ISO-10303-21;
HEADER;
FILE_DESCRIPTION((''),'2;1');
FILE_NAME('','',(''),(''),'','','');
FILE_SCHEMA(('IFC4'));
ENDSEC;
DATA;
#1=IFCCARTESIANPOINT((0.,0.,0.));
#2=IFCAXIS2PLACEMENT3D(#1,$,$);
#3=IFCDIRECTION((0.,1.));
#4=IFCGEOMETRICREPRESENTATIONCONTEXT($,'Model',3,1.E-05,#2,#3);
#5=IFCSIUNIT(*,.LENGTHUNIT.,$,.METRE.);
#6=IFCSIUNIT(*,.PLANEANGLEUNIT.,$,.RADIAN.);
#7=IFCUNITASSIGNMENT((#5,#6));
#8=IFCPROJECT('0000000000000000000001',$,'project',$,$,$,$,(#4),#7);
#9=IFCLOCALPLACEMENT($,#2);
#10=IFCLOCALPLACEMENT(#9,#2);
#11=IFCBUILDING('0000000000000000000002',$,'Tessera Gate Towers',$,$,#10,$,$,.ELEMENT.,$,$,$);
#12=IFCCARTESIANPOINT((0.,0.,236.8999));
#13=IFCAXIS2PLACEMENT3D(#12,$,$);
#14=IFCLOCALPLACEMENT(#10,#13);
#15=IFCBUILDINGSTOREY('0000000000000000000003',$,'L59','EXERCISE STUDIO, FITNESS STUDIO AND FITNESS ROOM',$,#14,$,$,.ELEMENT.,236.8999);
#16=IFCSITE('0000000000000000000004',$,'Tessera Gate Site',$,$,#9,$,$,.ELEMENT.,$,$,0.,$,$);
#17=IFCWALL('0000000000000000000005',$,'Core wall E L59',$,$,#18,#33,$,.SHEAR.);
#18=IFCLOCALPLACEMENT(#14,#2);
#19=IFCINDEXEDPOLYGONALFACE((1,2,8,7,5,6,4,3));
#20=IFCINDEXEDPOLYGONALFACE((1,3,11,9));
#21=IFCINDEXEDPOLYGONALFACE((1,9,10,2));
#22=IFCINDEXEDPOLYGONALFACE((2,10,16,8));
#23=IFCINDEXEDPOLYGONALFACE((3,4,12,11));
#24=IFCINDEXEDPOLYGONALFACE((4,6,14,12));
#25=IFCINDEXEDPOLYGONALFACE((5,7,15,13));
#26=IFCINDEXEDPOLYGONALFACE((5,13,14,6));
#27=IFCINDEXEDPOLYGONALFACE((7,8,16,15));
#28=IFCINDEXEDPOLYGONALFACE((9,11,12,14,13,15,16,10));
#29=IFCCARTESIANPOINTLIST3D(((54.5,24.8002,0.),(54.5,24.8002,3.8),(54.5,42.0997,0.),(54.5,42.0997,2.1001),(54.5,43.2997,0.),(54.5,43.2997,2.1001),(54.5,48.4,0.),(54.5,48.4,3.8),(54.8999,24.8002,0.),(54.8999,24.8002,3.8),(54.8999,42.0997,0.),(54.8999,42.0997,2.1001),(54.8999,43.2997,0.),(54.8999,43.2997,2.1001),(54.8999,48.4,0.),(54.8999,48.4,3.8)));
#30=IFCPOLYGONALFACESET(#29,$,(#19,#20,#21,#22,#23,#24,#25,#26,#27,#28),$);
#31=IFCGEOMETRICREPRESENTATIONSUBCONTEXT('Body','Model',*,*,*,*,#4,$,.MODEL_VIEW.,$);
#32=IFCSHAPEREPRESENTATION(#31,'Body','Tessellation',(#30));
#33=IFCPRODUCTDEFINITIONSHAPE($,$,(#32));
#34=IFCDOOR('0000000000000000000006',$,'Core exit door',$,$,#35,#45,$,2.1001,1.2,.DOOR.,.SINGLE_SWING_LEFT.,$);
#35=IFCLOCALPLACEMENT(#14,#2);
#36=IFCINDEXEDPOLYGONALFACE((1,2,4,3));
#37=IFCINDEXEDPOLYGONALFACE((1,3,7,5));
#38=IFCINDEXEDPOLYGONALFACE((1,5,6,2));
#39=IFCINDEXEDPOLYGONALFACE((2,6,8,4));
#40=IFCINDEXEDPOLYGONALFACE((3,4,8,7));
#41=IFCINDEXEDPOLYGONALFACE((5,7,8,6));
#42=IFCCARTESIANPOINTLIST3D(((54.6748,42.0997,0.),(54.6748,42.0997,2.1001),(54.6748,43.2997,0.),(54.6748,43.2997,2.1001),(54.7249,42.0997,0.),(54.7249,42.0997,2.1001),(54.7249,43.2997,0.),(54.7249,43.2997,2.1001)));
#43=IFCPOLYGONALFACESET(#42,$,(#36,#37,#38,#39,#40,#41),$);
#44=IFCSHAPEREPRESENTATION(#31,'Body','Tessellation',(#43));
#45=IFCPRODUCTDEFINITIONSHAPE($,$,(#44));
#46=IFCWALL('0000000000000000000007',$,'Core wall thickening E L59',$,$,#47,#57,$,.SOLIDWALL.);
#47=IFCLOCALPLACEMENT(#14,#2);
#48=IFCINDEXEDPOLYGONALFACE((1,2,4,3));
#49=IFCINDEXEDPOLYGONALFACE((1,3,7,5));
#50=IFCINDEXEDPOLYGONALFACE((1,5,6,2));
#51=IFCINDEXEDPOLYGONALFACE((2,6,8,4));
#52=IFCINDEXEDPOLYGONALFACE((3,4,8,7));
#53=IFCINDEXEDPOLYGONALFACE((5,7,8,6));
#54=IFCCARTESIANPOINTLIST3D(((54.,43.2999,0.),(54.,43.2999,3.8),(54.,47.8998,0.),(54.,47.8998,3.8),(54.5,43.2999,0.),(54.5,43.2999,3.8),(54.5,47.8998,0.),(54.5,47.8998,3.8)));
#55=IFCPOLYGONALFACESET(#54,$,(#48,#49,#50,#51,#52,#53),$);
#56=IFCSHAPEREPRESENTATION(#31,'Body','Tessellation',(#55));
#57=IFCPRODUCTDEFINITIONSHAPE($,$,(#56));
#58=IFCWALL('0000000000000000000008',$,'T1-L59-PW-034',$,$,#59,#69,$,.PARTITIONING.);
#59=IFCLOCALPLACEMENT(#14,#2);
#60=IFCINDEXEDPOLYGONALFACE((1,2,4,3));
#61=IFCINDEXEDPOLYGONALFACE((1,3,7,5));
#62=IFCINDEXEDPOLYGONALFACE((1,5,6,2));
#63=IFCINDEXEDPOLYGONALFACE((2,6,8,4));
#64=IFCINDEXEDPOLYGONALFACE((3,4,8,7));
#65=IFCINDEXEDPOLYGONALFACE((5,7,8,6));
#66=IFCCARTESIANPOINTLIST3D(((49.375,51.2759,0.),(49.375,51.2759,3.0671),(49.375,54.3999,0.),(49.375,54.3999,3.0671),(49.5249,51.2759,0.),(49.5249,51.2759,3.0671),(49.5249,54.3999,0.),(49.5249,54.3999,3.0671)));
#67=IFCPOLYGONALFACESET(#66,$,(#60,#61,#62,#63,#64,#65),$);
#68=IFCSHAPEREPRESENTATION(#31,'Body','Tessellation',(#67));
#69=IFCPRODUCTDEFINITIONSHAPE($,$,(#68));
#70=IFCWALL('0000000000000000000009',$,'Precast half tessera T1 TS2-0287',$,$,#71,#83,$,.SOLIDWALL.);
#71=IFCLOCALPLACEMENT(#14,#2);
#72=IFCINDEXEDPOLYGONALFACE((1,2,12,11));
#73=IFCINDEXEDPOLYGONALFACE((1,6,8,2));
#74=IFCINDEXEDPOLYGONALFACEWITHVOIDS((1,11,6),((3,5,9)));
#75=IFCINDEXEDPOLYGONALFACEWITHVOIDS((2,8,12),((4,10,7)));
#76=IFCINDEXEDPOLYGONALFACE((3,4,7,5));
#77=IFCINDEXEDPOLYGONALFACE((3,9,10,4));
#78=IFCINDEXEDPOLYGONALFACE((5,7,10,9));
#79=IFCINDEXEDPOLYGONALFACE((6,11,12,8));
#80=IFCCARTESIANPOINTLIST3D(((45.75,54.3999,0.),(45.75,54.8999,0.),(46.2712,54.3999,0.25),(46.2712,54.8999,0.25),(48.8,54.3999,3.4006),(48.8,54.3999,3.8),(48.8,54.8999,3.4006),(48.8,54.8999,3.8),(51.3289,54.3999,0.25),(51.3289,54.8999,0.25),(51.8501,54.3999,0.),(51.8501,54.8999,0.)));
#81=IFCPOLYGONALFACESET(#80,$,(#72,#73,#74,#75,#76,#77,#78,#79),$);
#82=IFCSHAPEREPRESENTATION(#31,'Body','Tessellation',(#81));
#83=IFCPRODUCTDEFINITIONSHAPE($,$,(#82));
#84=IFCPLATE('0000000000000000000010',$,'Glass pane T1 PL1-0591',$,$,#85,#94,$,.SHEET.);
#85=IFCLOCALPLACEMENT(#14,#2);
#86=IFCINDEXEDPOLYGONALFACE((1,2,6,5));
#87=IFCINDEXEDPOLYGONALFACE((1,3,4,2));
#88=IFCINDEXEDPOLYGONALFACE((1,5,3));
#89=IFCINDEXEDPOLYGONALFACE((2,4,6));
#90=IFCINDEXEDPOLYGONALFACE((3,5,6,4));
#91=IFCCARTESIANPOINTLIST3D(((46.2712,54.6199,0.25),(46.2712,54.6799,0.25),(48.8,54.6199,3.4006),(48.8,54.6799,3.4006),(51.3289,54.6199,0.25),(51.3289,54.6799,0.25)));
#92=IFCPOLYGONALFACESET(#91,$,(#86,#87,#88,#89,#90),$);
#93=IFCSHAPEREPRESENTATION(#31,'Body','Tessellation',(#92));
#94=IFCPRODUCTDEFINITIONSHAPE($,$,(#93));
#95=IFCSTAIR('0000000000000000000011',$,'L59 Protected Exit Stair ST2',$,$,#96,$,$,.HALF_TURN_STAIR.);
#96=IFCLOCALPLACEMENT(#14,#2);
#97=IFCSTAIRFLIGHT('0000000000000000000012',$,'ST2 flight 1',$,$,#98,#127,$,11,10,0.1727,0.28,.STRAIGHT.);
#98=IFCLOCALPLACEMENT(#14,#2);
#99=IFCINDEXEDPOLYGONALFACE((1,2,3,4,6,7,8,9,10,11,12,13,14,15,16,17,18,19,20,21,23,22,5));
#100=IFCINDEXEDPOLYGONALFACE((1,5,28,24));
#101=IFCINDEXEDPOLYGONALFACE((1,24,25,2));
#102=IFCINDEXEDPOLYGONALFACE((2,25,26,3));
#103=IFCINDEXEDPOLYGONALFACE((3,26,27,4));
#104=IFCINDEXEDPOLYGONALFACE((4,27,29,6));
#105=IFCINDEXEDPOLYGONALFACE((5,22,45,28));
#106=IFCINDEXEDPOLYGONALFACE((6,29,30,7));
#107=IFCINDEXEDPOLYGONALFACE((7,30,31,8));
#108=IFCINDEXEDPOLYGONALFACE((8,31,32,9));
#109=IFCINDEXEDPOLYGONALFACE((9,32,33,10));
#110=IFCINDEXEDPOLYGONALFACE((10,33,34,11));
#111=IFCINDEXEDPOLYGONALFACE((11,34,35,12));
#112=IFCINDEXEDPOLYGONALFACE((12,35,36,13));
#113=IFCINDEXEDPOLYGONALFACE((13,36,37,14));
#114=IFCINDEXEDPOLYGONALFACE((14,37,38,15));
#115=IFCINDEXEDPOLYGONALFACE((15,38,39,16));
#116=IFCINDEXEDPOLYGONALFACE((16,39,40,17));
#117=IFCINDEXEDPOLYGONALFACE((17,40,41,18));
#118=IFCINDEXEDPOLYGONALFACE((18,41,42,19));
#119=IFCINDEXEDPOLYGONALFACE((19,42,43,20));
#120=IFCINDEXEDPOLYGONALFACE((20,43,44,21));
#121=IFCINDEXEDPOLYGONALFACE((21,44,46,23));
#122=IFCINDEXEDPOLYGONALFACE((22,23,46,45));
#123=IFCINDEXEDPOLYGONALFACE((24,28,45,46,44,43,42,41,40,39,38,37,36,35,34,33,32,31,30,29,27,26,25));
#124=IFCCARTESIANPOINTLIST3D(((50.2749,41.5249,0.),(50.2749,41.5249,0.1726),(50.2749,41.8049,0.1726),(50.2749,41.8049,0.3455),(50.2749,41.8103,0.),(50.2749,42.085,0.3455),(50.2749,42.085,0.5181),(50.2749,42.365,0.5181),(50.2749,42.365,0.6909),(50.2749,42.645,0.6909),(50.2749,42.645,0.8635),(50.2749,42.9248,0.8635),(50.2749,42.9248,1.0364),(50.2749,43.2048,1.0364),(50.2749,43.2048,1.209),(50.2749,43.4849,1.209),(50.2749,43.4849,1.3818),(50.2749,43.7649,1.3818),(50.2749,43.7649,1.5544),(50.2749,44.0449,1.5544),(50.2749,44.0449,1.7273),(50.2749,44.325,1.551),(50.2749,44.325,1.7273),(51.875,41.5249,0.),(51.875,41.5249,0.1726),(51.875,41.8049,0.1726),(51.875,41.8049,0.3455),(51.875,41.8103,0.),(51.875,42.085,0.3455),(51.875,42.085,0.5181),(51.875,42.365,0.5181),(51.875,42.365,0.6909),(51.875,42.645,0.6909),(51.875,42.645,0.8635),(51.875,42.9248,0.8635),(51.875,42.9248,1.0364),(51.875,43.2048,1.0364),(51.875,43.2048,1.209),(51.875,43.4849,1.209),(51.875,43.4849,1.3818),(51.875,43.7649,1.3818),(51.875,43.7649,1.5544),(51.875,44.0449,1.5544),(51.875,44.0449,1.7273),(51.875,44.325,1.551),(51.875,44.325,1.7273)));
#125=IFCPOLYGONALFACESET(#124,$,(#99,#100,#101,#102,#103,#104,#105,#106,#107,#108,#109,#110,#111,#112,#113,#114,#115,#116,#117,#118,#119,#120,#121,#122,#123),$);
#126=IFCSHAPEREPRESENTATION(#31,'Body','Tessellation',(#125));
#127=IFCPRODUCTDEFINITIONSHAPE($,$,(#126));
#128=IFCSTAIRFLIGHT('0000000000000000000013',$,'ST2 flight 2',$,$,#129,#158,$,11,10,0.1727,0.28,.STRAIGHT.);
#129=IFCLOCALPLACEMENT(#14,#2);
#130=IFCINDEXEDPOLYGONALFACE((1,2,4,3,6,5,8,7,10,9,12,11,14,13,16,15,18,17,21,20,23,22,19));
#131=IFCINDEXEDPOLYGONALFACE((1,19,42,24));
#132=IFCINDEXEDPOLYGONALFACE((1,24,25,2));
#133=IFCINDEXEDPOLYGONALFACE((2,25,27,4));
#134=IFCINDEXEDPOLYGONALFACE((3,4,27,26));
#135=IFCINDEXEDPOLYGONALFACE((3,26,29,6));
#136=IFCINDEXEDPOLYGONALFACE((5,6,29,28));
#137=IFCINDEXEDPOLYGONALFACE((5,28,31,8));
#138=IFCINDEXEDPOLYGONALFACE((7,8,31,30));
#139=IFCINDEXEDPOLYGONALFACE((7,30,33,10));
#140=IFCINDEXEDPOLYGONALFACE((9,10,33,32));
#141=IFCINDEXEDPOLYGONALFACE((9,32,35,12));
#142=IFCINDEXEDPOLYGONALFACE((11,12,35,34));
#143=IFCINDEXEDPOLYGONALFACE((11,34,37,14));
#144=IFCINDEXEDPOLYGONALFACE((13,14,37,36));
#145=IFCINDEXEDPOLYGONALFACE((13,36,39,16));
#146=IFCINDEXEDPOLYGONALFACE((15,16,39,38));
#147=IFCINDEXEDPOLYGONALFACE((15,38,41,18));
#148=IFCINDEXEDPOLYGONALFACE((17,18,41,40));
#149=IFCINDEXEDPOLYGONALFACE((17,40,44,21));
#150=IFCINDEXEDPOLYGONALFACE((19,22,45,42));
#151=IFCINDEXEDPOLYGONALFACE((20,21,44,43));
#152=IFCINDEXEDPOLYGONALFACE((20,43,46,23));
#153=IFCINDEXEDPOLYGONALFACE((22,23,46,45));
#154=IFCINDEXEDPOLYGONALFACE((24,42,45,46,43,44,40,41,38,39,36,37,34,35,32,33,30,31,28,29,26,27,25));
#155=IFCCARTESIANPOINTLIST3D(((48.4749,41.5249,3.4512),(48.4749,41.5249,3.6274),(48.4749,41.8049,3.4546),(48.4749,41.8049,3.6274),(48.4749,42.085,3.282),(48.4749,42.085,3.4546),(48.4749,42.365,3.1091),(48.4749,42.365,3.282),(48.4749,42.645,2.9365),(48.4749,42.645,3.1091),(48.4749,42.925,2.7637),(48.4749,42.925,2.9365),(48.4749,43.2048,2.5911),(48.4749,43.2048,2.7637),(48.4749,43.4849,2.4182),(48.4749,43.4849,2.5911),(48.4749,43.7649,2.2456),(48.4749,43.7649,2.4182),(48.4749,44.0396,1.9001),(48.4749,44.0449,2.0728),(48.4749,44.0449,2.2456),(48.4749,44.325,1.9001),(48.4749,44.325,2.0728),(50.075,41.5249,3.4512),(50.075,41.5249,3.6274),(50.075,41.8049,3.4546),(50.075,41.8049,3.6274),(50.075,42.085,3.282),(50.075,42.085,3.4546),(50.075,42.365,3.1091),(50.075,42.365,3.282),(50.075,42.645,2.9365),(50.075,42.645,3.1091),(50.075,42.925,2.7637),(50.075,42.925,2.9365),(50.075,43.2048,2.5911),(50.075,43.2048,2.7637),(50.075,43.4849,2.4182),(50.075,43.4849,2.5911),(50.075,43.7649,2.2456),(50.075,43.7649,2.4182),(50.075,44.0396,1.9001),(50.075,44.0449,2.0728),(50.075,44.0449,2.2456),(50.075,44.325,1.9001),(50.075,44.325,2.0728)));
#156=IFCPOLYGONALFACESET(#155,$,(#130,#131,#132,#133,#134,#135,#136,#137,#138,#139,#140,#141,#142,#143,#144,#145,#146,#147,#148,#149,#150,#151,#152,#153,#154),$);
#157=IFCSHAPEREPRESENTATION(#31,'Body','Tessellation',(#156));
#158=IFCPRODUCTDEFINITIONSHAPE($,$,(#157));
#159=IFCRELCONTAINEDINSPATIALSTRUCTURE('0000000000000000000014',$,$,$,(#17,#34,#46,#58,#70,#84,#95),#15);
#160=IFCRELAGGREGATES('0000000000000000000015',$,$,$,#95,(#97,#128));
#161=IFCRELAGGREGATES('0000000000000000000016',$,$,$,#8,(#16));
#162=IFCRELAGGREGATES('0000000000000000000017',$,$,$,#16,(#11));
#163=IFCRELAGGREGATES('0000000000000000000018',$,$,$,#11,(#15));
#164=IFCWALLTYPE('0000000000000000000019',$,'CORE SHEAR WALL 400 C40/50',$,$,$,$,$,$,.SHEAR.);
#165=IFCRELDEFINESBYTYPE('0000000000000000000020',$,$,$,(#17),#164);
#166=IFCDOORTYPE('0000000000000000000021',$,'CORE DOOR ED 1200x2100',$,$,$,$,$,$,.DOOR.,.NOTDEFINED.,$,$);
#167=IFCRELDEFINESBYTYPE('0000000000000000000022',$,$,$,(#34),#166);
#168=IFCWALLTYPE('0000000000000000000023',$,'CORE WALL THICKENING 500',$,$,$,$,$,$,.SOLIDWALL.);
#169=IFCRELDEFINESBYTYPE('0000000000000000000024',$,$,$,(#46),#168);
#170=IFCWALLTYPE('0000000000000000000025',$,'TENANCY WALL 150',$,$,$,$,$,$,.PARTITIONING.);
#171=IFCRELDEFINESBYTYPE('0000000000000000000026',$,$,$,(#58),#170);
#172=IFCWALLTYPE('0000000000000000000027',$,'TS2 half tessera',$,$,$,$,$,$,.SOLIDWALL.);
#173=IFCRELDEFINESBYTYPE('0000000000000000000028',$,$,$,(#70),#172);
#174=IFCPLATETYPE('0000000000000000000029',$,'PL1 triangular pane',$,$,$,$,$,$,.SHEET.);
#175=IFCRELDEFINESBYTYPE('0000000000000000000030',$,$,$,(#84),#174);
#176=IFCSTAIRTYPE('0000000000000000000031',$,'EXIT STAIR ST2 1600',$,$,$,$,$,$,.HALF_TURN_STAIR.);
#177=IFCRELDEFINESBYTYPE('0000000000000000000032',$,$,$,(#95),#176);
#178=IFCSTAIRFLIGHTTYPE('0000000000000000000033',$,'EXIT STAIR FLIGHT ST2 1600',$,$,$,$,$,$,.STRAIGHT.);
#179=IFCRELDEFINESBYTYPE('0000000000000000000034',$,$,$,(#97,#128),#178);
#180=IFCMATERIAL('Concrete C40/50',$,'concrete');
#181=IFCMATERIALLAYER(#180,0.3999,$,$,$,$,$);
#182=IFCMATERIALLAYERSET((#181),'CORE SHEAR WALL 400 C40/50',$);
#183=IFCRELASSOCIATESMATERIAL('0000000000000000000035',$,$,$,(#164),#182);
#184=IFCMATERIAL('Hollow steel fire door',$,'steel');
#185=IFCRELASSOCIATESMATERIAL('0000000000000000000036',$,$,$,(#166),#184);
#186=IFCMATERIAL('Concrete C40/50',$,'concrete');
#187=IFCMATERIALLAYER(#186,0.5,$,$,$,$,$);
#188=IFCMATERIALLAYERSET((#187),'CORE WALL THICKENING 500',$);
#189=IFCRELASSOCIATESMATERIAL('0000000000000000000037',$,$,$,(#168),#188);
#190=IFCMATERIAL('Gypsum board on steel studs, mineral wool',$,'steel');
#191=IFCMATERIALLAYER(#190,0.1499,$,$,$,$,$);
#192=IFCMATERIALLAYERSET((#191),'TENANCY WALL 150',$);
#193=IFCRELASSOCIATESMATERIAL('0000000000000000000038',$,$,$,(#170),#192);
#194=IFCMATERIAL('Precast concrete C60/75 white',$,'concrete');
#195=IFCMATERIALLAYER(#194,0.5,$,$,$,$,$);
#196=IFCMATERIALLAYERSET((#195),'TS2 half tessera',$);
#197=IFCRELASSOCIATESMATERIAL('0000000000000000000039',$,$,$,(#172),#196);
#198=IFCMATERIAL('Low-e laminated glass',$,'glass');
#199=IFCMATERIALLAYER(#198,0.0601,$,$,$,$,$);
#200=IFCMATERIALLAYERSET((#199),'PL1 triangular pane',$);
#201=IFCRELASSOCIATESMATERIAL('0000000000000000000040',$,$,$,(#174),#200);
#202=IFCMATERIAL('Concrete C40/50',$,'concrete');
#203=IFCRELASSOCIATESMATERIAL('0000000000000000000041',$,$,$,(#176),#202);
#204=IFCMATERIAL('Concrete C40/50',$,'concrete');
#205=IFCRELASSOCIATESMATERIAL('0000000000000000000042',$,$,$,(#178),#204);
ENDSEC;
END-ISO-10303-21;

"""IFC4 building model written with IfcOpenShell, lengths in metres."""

from ifc_helpers import new_model, si_unit, direction, frame, frame_2d, origin, place, context, subcontext, project, spatial, polyline, rectangle, outline, extrude, source, transform, mapped, material, layer, layer_set, type_object, element, fill, aggregate, save


model = new_model("IFC4")

# Units and contexts
model_context = context("Model", 3, precision=1e-05, world=origin(), true_north=direction((0.0, 1.0)))
body_context = subcontext(model_context, "Body", "Model", "MODEL_VIEW")
ifc_project = project(units=[si_unit("LENGTHUNIT", "METRE"), si_unit("PLANEANGLEUNIT", "RADIAN")], contexts=[model_context])

# Site, building, storey
site_placement = place(None, origin())
site = spatial("IfcSite", under=ifc_project, at=site_placement, Name="Tessera Gate Site", CompositionType="ELEMENT", RefElevation=0.0)
building_placement = place(site_placement, origin())
building = spatial("IfcBuilding", under=site, at=building_placement, Name="Tessera Gate Towers", CompositionType="ELEMENT")
storey_placement = place(building_placement, frame((0.0, 0.0, 236.8999)))
storey = spatial("IfcBuildingStorey", under=building, at=storey_placement, Name="L59", Description="EXERCISE STUDIO, FITNESS STUDIO AND FITNESS ROOM", CompositionType="ELEMENT", Elevation=236.8999)

# Shared definitions
shared_shape_1 = source(origin(), body_context, "Body", "SweptSolid", [
    extrude(rectangle(XDim=1.2, YDim=2.1001, at=frame_2d((0.6001, 1.05))), frame((0.0, 0.0249, 0.0), z_axis=(0.0, -1.0, 0.0), x_axis=(1.0, 0.0, 0.0)), (0.0, 0.0, 1.0), 0.05),
])

# Wall, opening, door
ifc_material_1 = material(Name="Concrete C40/50", Category="concrete")
ifc_layer_1 = layer(ifc_material_1, 0.3999)
ifc_layer_set_1 = layer_set([ifc_layer_1], Name="CORE SHEAR WALL 400 C40/50")
wall_type_1 = type_object("IfcWallType", Name="CORE SHEAR WALL 400 C40/50", PredefinedType="SHEAR", material=ifc_layer_set_1)
wall_1_placement = place(storey_placement, frame((54.7, 48.3999, 0.0), z_axis=(0.0, 0.0, 1.0), x_axis=(0.0, -1.0, 0.0)))
wall_1 = element("IfcWall", 1, at=wall_1_placement, inside=storey, type_object=wall_type_1, Name="Core wall E L59", PredefinedType="SHEAR", context=body_context, shape_type="SweptSolid", body=[
    extrude(rectangle(XDim=23.5999, YDim=0.3999, at=frame_2d((11.7998, 0.0))), origin(), (0.0, 0.0, 1.0), 3.8),
])
shared_shape_2 = source(origin(), body_context, "Body", "SweptSolid", [
    extrude(rectangle(XDim=1.2, YDim=2.1001, at=frame_2d((0.6001, 1.05))), frame((0.0, 0.21, 0.0), z_axis=(0.0, -1.0, 0.0), x_axis=(1.0, 0.0, 0.0)), (0.0, 0.0, 1.0), 0.4199),
])
opening_1_placement = place(wall_1_placement, frame((5.1001, 0.0, 0.0)))
opening_1 = element("IfcOpeningElement", 2, at=opening_1_placement, cuts=wall_1, PredefinedType="OPENING", context=body_context, shape_type="MappedRepresentation", body=[
    mapped(shared_shape_2, transform((0.0, 0.0, 0.0), scale=1.0)),
])
ifc_material_2 = material(Name="Hollow steel fire door", Category="steel")
door_type_1 = type_object("IfcDoorType", Name="CORE DOOR ED 1200x2100", OperationType="NOTDEFINED", PredefinedType="DOOR", material=ifc_material_2)
door_1_placement = place(opening_1_placement, origin())
door_1 = element("IfcDoor", 3, at=door_1_placement, inside=storey, type_object=door_type_1, Name="Core exit door", OperationType="SINGLE_SWING_LEFT", OverallHeight=2.1001, OverallWidth=1.2, PredefinedType="DOOR", context=body_context, shape_type="MappedRepresentation", body=[
    mapped(shared_shape_1, transform((0.0, 0.0, 0.0), scale=1.0)),
])
fill(opening_1, door_1)

# Walls
ifc_material_3 = material(Name="Concrete C40/50", Category="concrete")
ifc_layer_2 = layer(ifc_material_3, 0.5)
ifc_layer_set_2 = layer_set([ifc_layer_2], Name="CORE WALL THICKENING 500")
wall_type_2 = type_object("IfcWallType", Name="CORE WALL THICKENING 500", PredefinedType="SOLIDWALL", material=ifc_layer_set_2)
wall_2_placement = place(storey_placement, frame((54.25, 43.3, 0.0), z_axis=(0.0, 0.0, 1.0), x_axis=(0.0, 1.0, 0.0)))
element("IfcWall", 4, at=wall_2_placement, inside=storey, type_object=wall_type_2, Name="Core wall thickening E L59", PredefinedType="SOLIDWALL", context=body_context, shape_type="SweptSolid", body=[
    extrude(rectangle(XDim=4.5999, YDim=0.5, at=frame_2d((2.2998, 0.0))), origin(), (0.0, 0.0, 1.0), 3.8),
])
ifc_material_4 = material(Name="Gypsum board on steel studs, mineral wool", Category="steel")
ifc_layer_3 = layer(ifc_material_4, 0.1499)
ifc_layer_set_3 = layer_set([ifc_layer_3], Name="TENANCY WALL 150")
wall_type_3 = type_object("IfcWallType", Name="TENANCY WALL 150", PredefinedType="PARTITIONING", material=ifc_layer_set_3)
wall_3_placement = place(storey_placement, frame((49.45, 51.2759, 0.0), z_axis=(0.0, 0.0, 1.0), x_axis=(0.0, 1.0, 0.0)))
element("IfcWall", 5, at=wall_3_placement, inside=storey, type_object=wall_type_3, Name="T1-L59-PW-034", PredefinedType="PARTITIONING", context=body_context, shape_type="SweptSolid", body=[
    extrude(rectangle(XDim=3.124, YDim=0.1499, at=frame_2d((1.562, 0.0))), origin(), (0.0, 0.0, 1.0), 3.0671),
])

# Wall, opening, plate
ifc_material_5 = material(Name="Precast concrete C60/75 white", Category="concrete")
ifc_layer_4 = layer(ifc_material_5, 0.5)
ifc_layer_set_4 = layer_set([ifc_layer_4], Name="TS2 half tessera")
wall_type_4 = type_object("IfcWallType", Name="TS2 half tessera", PredefinedType="SOLIDWALL", material=ifc_layer_set_4)
shared_shape_3 = source(origin(), body_context, "Body", "SweptSolid", [
    extrude(outline(polyline([(6.1001, 0.0), (3.05, 3.8), (0.0, 0.0), (6.1001, 0.0)])), frame((0.0, 0.25, 0.0), z_axis=(0.0, -1.0, 0.0), x_axis=(1.0, 0.0, 0.0)), (0.0, 0.0, 1.0), 0.5),
])
wall_4_placement = place(storey_placement, frame((51.8501, 54.6499, 0.0), z_axis=(0.0, 0.0, 1.0), x_axis=(-1.0, 0.0, 0.0)))
wall_4 = element("IfcWall", 6, at=wall_4_placement, inside=storey, type_object=wall_type_4, Name="Precast half tessera T1 TS2-0287", PredefinedType="SOLIDWALL", context=body_context, shape_type="MappedRepresentation", body=[
    mapped(shared_shape_3, transform((0.0, 0.0, 0.0), scale=1.0)),
])
shared_shape_4 = source(origin(), body_context, "Body", "SweptSolid", [
    extrude(outline(polyline([(5.5789, 0.25), (3.05, 3.4006), (0.5212, 0.25), (5.5789, 0.25)])), frame((0.0, 0.26, 0.0), z_axis=(0.0, -1.0, 0.0), x_axis=(1.0, 0.0, 0.0)), (0.0, 0.0, 1.0), 0.52),
])
opening_2_placement = place(wall_4_placement, origin())
opening_2 = element("IfcOpeningElement", 7, at=opening_2_placement, cuts=wall_4, PredefinedType="OPENING", context=body_context, shape_type="MappedRepresentation", body=[
    mapped(shared_shape_4, transform((0.0, 0.0, 0.0), scale=1.0)),
])
ifc_material_6 = material(Name="Low-e laminated glass", Category="glass")
ifc_layer_5 = layer(ifc_material_6, 0.0601)
ifc_layer_set_5 = layer_set([ifc_layer_5], Name="PL1 triangular pane")
plate_type = type_object("IfcPlateType", Name="PL1 triangular pane", PredefinedType="SHEET", material=ifc_layer_set_5)
shared_shape_5 = source(origin(), body_context, "Body", "SweptSolid", [
    extrude(outline(polyline([(5.5789, 0.25), (3.05, 3.4006), (0.5212, 0.25), (5.5789, 0.25)])), frame((0.0, 0.03, 0.0), z_axis=(0.0, -1.0, 0.0), x_axis=(1.0, 0.0, 0.0)), (0.0, 0.0, 1.0), 0.0601),
])
plate_placement = place(opening_2_placement, origin())
plate = element("IfcPlate", 8, at=plate_placement, inside=storey, type_object=plate_type, Name="Glass pane T1 PL1-0591", PredefinedType="SHEET", context=body_context, shape_type="MappedRepresentation", body=[
    mapped(shared_shape_5, transform((0.0, 0.0, 0.0), scale=1.0)),
])
fill(opening_2, plate)

# Stair, stair flights
ifc_material_7 = material(Name="Concrete C40/50", Category="concrete")
stair_type = type_object("IfcStairType", Name="EXIT STAIR ST2 1600", PredefinedType="HALF_TURN_STAIR", material=ifc_material_7)
stair_placement = place(storey_placement, origin())
stair = element("IfcStair", 9, at=stair_placement, inside=storey, type_object=stair_type, Name="L59 Protected Exit Stair ST2", PredefinedType="HALF_TURN_STAIR")
ifc_material_8 = material(Name="Concrete C40/50", Category="concrete")
stair_flight_type = type_object("IfcStairFlightType", Name="EXIT STAIR FLIGHT ST2 1600", PredefinedType="STRAIGHT", material=ifc_material_8)
stair_flight_1_placement = place(storey_placement, frame((51.075, 41.5249, 0.0), z_axis=(0.0, 0.0, 1.0), x_axis=(0.0, 1.0, 0.0)))
stair_flight_1 = element("IfcStairFlight", 10, at=stair_flight_1_placement, type_object=stair_flight_type, Name="ST2 flight 1", NumberOfRisers=11, NumberOfTreads=10, PredefinedType="STRAIGHT", RiserHeight=0.1727, TreadLength=0.28, context=body_context, shape_type="SweptSolid", body=[
    extrude(outline(polyline([(0.0, 0.0), (0.0, 0.1726), (0.28, 0.1726), (0.28, 0.3455), (0.5601, 0.3455), (0.5601, 0.5181), (0.8401, 0.5181), (0.8401, 0.6909), (1.1201, 0.6909), (1.1201, 0.8635), (1.3999, 0.8635), (1.3999, 1.0364), (1.6799, 1.0364), (1.6799, 1.209), (1.96, 1.209), (1.96, 1.3818), (2.24, 1.3818), (2.24, 1.5544), (2.52, 1.5544), (2.52, 1.7273), (2.8, 1.7273), (2.8, 1.8999), (2.8, 1.551), (0.2854, 0.0), (0.0, 0.0)])), frame((0.0, 0.8, 0.0), z_axis=(0.0, -1.0, 0.0), x_axis=(1.0, 0.0, 0.0)), (0.0, 0.0, 1.0), 1.6001),
])
stair_flight_2_placement = place(storey_placement, frame((49.2749, 44.325, 1.9001), z_axis=(0.0, 0.0, 1.0), x_axis=(0.0, -1.0, 0.0)))
stair_flight_2 = element("IfcStairFlight", 11, at=stair_flight_2_placement, type_object=stair_flight_type, Name="ST2 flight 2", NumberOfRisers=11, NumberOfTreads=10, PredefinedType="STRAIGHT", RiserHeight=0.1727, TreadLength=0.28, context=body_context, shape_type="SweptSolid", body=[
    extrude(outline(polyline([(0.0, 0.0), (0.0, 0.1726), (0.28, 0.1726), (0.28, 0.3455), (0.5601, 0.3455), (0.5601, 0.5181), (0.8401, 0.5181), (0.8401, 0.6909), (1.1201, 0.6909), (1.1201, 0.8635), (1.3999, 0.8635), (1.3999, 1.0364), (1.6799, 1.0364), (1.6799, 1.209), (1.96, 1.209), (1.96, 1.3818), (2.24, 1.3818), (2.24, 1.5544), (2.52, 1.5544), (2.52, 1.7273), (2.8, 1.7273), (2.8, 1.8999), (2.8, 1.551), (0.2854, 0.0), (0.0, 0.0)])), frame((0.0, 0.8, 0.0), z_axis=(0.0, -1.0, 0.0), x_axis=(1.0, 0.0, 0.0)), (0.0, 0.0, 1.0), 1.6001),
])
aggregate(stair, [stair_flight_1, stair_flight_2])

save(model, "model.ifc")
